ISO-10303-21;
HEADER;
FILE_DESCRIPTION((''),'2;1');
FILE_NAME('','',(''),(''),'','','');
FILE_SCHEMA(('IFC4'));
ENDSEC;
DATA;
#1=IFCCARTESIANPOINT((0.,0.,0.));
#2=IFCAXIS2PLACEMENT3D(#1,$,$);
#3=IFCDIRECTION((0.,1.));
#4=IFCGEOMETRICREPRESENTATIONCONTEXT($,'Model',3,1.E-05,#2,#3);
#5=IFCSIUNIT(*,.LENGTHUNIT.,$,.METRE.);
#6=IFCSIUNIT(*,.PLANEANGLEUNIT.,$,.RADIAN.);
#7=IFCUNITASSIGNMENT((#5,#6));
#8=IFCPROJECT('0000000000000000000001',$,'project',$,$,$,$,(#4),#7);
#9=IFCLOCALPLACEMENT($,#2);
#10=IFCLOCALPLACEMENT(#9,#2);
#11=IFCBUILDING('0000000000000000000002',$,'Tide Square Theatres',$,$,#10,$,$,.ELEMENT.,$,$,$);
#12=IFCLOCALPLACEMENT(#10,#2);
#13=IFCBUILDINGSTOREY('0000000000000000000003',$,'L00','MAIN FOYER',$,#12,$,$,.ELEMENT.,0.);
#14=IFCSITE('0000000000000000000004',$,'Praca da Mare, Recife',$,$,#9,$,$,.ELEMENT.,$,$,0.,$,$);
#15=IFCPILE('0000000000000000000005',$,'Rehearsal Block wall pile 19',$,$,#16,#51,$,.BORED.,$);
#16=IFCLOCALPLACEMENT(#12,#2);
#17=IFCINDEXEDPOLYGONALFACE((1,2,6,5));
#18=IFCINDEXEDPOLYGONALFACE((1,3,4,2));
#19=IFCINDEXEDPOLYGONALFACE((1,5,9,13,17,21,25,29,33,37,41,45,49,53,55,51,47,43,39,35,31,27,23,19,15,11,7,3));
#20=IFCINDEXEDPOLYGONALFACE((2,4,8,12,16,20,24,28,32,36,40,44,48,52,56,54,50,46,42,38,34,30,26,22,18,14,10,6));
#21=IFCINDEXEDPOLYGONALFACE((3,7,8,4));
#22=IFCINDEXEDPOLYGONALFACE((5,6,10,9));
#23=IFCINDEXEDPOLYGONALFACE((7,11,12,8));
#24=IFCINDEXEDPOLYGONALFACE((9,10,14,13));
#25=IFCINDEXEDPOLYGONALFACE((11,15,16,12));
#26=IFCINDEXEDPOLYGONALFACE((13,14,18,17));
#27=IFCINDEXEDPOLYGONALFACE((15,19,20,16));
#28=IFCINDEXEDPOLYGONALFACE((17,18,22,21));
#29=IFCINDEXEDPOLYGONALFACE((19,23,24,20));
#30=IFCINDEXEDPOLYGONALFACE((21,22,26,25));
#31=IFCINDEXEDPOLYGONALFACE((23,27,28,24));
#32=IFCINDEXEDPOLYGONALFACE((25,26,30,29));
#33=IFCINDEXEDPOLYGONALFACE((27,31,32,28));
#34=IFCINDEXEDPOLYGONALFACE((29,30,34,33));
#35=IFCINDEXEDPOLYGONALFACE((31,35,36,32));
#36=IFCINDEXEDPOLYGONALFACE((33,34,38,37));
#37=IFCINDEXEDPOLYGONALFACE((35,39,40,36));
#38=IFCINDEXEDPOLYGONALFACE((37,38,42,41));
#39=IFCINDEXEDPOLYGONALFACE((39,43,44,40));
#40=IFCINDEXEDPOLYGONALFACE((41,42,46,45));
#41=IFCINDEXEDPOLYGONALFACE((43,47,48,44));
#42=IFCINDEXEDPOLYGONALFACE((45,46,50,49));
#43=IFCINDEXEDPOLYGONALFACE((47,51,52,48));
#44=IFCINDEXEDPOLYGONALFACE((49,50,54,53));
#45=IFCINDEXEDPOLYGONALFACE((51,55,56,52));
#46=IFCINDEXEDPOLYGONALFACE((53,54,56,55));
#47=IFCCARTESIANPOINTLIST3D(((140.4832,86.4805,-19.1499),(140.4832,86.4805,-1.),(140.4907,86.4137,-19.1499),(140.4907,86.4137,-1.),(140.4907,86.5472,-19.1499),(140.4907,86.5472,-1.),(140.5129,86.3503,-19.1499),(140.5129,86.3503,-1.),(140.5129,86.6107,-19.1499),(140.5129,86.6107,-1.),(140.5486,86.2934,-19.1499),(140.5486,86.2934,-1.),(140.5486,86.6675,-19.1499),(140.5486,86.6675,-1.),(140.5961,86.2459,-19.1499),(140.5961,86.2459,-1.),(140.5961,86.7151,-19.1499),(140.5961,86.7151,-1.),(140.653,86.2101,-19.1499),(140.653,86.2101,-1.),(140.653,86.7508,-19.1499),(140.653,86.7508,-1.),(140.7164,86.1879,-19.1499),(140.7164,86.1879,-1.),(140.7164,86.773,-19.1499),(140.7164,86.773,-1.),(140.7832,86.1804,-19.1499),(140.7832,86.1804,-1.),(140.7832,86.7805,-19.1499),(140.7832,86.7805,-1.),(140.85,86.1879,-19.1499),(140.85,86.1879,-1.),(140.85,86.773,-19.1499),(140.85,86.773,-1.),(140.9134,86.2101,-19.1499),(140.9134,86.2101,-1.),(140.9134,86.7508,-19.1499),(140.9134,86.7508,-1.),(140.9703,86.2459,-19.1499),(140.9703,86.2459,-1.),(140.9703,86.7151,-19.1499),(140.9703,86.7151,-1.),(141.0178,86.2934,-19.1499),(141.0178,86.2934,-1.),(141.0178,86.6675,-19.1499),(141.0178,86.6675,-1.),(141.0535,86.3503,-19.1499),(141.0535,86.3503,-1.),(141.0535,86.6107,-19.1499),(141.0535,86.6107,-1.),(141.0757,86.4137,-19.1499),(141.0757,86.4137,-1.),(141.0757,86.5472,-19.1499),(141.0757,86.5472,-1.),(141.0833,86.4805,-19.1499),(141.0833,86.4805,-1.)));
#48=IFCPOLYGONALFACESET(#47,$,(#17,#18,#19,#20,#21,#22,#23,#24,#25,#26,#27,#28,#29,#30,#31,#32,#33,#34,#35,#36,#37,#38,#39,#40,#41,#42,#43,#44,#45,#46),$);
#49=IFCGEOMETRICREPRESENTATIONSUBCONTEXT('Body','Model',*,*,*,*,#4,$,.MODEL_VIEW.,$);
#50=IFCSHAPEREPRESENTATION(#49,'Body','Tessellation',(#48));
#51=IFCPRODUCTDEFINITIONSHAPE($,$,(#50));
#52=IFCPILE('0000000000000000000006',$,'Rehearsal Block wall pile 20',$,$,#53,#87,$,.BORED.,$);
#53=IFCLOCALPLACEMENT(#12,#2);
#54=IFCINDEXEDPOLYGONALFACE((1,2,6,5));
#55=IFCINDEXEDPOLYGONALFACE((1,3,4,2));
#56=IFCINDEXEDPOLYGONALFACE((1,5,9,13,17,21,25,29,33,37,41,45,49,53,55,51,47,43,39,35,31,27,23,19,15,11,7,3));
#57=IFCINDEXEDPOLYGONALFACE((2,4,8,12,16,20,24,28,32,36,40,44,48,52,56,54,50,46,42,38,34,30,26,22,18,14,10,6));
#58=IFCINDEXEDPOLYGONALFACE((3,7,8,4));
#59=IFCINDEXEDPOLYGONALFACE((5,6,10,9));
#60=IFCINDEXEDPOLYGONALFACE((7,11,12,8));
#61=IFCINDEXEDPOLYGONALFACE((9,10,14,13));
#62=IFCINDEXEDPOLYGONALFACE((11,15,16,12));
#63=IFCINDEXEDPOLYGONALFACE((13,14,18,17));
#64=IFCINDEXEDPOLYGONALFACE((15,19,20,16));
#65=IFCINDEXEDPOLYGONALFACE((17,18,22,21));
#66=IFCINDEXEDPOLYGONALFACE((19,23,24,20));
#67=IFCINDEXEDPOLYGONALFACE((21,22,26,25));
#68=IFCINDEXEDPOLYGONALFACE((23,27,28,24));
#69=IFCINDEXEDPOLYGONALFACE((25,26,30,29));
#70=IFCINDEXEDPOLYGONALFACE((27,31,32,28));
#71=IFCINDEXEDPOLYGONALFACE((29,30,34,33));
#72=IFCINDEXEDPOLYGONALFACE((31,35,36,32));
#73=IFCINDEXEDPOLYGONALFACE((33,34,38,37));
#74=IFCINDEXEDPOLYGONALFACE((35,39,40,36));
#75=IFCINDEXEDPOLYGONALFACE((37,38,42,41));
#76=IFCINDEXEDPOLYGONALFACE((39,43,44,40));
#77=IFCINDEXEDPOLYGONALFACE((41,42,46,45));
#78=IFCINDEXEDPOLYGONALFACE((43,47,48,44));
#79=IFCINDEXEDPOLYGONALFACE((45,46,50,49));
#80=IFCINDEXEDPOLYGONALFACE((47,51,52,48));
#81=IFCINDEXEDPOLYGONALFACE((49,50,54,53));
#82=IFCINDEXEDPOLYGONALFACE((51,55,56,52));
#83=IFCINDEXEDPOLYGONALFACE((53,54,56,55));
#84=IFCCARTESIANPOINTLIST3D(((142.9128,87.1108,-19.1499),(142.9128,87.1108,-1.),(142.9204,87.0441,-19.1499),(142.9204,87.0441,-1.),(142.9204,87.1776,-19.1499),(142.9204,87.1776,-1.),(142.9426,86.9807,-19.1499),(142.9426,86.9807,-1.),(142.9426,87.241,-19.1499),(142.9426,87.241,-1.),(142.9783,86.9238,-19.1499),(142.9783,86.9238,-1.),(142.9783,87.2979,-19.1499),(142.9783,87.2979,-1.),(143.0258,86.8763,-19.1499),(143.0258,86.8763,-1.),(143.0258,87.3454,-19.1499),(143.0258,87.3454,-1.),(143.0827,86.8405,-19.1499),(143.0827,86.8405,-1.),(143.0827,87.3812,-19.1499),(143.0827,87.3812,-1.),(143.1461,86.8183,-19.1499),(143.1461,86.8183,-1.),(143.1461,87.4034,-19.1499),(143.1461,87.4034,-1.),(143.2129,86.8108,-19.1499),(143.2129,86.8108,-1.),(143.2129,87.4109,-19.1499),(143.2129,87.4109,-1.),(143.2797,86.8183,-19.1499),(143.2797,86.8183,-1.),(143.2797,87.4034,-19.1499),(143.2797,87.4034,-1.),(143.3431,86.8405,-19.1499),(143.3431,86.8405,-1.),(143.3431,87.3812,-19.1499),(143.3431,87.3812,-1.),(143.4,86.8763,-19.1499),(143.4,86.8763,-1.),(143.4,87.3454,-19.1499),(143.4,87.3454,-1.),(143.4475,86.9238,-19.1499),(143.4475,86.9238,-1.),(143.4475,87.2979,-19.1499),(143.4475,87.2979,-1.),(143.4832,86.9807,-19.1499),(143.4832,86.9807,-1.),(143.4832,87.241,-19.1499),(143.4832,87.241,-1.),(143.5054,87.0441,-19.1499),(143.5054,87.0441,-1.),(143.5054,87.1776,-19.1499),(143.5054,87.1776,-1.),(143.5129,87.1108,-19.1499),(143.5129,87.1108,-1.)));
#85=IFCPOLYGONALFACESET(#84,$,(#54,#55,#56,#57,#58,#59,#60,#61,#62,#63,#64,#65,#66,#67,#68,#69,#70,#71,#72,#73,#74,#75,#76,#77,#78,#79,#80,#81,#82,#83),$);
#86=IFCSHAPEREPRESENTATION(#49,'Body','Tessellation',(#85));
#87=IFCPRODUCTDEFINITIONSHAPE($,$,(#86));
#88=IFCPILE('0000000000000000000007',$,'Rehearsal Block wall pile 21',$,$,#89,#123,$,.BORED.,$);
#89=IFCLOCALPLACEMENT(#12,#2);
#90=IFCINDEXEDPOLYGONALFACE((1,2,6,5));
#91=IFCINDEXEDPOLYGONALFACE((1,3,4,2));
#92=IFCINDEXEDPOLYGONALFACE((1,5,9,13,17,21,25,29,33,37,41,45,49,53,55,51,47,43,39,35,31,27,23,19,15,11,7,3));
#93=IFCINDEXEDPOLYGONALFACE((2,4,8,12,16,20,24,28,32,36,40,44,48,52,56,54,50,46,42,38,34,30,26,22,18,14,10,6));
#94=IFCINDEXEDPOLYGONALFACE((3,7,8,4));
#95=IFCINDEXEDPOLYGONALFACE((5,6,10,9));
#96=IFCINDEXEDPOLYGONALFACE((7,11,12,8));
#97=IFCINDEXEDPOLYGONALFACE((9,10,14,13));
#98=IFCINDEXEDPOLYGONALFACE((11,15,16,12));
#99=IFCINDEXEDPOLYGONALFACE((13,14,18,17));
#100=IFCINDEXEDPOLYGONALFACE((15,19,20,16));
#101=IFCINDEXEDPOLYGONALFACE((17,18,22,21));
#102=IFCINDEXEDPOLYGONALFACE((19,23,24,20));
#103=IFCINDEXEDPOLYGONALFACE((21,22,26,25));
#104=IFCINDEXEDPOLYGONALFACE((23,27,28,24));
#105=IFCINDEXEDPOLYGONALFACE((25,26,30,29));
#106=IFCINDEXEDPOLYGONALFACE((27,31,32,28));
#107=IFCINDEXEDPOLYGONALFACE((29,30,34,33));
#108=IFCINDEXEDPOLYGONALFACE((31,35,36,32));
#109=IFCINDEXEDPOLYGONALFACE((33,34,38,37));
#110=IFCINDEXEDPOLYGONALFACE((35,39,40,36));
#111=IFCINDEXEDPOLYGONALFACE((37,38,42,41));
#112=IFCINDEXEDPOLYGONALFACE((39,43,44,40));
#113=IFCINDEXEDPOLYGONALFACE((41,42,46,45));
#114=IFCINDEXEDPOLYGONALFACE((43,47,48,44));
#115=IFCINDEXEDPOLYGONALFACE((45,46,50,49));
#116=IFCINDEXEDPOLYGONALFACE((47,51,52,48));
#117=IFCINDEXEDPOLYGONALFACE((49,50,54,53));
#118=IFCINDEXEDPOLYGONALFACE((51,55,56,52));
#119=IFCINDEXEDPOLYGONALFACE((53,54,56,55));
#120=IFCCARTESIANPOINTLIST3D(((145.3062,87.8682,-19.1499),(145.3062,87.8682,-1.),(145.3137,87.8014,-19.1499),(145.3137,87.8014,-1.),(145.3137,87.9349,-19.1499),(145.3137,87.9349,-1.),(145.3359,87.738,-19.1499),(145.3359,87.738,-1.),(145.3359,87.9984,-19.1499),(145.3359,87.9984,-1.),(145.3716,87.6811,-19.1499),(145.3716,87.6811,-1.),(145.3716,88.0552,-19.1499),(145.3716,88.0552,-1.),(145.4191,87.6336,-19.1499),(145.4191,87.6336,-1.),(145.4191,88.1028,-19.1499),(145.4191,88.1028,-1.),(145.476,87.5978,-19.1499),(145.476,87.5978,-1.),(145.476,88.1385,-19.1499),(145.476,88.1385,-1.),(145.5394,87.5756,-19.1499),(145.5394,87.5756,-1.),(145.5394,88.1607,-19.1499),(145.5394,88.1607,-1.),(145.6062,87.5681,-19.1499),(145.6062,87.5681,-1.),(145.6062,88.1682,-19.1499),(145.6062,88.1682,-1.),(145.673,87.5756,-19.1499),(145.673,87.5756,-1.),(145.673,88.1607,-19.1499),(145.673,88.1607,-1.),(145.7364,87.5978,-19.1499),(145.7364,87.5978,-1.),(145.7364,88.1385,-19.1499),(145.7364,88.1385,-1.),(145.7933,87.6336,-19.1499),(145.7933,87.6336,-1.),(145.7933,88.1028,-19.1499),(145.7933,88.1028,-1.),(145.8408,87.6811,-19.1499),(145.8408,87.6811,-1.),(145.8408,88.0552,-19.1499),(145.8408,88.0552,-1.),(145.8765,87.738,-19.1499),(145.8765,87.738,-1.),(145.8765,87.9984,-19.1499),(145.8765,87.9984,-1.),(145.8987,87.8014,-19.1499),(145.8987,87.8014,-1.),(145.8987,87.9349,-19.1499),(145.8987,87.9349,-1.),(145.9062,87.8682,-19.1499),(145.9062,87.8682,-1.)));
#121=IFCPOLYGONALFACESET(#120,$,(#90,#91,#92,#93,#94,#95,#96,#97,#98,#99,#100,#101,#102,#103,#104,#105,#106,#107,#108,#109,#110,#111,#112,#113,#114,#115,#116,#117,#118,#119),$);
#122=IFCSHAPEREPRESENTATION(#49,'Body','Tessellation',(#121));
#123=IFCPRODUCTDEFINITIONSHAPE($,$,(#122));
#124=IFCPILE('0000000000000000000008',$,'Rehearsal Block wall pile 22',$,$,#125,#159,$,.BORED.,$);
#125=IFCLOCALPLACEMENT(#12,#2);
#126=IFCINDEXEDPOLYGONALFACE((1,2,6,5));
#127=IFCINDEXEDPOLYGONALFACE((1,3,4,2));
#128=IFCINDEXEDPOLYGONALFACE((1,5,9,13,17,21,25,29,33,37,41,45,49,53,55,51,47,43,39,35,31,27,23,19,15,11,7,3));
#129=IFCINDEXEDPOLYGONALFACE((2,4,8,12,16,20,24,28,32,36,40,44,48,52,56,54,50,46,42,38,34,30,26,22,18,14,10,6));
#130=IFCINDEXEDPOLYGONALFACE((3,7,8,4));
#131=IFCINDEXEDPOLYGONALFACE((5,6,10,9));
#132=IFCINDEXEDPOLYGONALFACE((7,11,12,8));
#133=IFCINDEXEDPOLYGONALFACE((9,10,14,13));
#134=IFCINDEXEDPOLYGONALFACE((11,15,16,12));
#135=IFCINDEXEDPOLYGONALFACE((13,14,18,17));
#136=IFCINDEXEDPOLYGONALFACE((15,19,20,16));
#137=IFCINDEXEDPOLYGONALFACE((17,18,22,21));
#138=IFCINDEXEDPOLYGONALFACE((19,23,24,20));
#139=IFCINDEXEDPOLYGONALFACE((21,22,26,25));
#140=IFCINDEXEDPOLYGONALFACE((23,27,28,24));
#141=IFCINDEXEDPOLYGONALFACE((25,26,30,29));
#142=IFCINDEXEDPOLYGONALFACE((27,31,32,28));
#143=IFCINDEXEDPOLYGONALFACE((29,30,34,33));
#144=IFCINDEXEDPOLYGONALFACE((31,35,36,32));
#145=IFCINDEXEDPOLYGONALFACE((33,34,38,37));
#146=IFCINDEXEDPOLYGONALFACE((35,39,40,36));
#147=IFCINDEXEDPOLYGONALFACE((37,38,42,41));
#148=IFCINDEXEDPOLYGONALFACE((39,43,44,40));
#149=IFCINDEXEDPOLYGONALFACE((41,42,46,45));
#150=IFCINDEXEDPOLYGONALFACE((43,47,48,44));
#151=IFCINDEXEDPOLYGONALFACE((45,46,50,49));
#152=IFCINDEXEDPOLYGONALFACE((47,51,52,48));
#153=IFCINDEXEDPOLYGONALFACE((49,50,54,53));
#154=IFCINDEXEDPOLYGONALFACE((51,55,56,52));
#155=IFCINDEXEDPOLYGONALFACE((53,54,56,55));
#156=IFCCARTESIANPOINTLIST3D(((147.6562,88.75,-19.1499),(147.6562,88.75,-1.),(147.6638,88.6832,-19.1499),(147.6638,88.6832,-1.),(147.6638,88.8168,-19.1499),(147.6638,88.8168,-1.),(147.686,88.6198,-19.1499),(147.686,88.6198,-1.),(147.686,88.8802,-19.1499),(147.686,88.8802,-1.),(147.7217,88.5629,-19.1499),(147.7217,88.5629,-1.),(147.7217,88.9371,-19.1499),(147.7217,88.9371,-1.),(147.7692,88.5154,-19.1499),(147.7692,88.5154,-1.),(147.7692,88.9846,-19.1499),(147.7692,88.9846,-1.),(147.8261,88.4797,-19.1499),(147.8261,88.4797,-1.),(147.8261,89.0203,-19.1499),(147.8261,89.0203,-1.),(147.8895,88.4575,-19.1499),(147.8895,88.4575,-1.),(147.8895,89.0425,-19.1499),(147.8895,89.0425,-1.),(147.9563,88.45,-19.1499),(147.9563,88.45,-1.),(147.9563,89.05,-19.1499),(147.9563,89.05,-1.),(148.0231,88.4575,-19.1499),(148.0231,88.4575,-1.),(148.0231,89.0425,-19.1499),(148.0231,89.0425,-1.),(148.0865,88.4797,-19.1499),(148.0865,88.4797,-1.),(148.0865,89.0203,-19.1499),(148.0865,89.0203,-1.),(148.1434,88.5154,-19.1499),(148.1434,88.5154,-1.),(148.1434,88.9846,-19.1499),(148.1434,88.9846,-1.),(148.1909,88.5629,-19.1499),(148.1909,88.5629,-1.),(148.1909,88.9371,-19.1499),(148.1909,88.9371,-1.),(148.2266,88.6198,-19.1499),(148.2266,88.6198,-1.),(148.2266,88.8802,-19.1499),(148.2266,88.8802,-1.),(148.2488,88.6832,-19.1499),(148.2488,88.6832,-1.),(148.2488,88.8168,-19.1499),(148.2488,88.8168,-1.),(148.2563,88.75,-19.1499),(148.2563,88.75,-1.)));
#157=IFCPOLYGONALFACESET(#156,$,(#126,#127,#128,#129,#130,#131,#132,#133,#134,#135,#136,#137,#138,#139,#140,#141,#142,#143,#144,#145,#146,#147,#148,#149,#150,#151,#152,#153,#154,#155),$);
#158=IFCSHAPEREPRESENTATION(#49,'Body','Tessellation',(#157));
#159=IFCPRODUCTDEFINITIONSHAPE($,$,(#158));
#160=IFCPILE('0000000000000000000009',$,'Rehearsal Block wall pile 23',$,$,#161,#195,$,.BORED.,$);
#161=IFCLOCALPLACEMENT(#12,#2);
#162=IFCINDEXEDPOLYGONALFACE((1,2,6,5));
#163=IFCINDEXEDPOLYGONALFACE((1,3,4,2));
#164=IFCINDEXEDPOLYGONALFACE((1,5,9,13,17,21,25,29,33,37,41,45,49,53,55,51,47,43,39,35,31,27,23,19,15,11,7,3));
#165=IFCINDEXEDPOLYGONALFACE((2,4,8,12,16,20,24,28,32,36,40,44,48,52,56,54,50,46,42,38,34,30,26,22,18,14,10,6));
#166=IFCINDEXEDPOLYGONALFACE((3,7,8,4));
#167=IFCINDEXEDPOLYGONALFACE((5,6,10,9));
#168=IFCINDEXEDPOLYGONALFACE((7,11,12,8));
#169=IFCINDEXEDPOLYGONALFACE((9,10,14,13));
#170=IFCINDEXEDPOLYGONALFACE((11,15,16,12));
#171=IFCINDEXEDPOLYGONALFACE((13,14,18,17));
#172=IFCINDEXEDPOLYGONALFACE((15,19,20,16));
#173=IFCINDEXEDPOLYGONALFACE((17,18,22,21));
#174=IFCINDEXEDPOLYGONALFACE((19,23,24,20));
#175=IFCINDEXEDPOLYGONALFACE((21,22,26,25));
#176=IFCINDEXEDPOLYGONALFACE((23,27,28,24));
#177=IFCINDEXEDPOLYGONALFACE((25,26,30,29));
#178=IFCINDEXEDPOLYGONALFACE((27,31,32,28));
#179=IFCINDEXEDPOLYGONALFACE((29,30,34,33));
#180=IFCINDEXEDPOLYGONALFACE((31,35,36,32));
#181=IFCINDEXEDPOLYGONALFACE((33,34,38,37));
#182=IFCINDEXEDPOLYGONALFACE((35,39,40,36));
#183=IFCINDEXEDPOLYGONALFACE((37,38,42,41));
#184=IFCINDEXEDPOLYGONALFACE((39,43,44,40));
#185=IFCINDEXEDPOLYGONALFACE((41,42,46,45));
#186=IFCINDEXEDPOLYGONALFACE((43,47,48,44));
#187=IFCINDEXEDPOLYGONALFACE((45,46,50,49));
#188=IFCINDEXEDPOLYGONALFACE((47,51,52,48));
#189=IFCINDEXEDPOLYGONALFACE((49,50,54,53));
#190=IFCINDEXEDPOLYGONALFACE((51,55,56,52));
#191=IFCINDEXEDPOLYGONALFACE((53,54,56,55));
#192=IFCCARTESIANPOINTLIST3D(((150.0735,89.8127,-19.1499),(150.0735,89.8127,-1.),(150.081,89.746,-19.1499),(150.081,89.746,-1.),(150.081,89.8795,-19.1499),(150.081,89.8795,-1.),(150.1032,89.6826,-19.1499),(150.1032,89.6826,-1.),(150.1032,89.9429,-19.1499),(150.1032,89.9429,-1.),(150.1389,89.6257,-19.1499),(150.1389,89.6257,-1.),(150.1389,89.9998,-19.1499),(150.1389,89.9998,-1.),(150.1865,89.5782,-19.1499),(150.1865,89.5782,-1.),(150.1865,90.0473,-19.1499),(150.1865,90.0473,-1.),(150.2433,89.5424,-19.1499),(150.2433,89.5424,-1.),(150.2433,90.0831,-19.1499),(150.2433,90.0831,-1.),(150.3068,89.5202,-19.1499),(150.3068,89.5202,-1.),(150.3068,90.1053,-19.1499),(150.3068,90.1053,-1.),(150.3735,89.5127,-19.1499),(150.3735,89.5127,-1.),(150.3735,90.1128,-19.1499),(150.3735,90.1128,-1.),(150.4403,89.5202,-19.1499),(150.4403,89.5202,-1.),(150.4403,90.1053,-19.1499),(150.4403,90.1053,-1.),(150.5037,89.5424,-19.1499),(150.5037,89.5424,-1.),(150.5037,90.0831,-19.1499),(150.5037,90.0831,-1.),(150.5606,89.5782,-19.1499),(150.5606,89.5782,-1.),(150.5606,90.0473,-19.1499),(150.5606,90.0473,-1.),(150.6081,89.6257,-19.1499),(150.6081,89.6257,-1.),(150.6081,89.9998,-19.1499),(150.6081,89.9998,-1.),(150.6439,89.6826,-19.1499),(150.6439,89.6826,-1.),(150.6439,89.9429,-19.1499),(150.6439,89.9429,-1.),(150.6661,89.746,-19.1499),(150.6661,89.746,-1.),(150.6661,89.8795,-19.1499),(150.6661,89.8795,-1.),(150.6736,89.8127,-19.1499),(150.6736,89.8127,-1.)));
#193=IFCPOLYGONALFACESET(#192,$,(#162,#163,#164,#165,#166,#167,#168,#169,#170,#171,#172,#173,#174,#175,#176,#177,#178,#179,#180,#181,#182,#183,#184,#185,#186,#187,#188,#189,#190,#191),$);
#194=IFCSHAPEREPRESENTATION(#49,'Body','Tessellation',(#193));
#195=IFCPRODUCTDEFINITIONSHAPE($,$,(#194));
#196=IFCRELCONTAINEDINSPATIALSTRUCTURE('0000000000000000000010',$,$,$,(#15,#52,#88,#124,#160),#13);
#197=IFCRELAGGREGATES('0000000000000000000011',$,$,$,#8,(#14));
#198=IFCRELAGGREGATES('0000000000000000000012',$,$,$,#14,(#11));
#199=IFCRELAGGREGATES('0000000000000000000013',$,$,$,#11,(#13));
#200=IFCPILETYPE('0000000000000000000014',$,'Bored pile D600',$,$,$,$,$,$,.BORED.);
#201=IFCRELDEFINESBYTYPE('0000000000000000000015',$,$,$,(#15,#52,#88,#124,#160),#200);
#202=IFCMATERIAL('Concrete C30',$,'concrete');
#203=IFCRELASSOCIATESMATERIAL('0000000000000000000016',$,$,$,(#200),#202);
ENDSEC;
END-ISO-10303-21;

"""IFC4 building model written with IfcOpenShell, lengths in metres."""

from ifc_helpers import new_model, si_unit, direction, frame, origin, origin_2d, place, context, subcontext, project, spatial, circle, extrude, material, material_profile, profile_set, type_object, element, save


model = new_model("IFC4")

# Units and contexts
model_context = context("Model", 3, precision=1e-05, world=origin(), true_north=direction((0.0, 1.0)))
body_context = subcontext(model_context, "Body", "Model", "MODEL_VIEW")
ifc_project = project(units=[si_unit("LENGTHUNIT", "METRE"), si_unit("PLANEANGLEUNIT", "RADIAN")], contexts=[model_context])

# Site, building, storey
site_placement = place(None, origin())
site = spatial("IfcSite", under=ifc_project, at=site_placement, Name="Praca da Mare, Recife", CompositionType="ELEMENT", RefElevation=0.0)
building_placement = place(site_placement, origin())
building = spatial("IfcBuilding", under=site, at=building_placement, Name="Tide Square Theatres", CompositionType="ELEMENT")
storey_placement = place(building_placement, origin())
storey = spatial("IfcBuildingStorey", under=building, at=storey_placement, Name="L00", Description="MAIN FOYER", CompositionType="ELEMENT", Elevation=0.0)

# Piles
ifc_material_1 = material(Name="Concrete C30", Category="concrete")
ifc_material_profile_1 = material_profile(ifc_material_1, circle(Radius=0.3, at=origin_2d()))
ifc_profile_set_1 = profile_set([ifc_material_profile_1], Name="Concrete C30")
pile_type = type_object("IfcPileType", Name="Bored pile D600", PredefinedType="BORED", material=ifc_profile_set_1)
for number, where, z_axis, x_axis, name in (
    (1, (140.7832, 86.4805, -1.0), (0.0, 0.0, -1.0), (1.0, 0.0, 0.0), "Rehearsal Block wall pile 19"),
    (2, (143.2129, 87.1108, -1.0), (0.0, 0.0, -1.0), (1.0, 0.0, 0.0), "Rehearsal Block wall pile 20"),
    (3, (145.6062, 87.8682, -1.0), (0.0, 0.0, -1.0), (1.0, 0.0, 0.0), "Rehearsal Block wall pile 21"),
    (4, (147.9563, 88.75, -1.0), (0.0, 0.0, -1.0), (1.0, 0.0, 0.0), "Rehearsal Block wall pile 22"),
    (5, (150.3735, 89.8127, -1.0), (0.0, 0.0, -1.0), (1.0, 0.0, 0.0), "Rehearsal Block wall pile 23"),
):
    element("IfcPile", number, at=place(storey_placement, frame(where, z_axis=z_axis, x_axis=x_axis)), inside=storey, type_object=pile_type, Name=name, PredefinedType="BORED", context=body_context, shape_type="SweptSolid", body=[
        extrude(circle(Radius=0.3, at=origin_2d()), origin(), (0.0, 0.0, 1.0), 18.1499),
    ])

save(model, "model.ifc")
